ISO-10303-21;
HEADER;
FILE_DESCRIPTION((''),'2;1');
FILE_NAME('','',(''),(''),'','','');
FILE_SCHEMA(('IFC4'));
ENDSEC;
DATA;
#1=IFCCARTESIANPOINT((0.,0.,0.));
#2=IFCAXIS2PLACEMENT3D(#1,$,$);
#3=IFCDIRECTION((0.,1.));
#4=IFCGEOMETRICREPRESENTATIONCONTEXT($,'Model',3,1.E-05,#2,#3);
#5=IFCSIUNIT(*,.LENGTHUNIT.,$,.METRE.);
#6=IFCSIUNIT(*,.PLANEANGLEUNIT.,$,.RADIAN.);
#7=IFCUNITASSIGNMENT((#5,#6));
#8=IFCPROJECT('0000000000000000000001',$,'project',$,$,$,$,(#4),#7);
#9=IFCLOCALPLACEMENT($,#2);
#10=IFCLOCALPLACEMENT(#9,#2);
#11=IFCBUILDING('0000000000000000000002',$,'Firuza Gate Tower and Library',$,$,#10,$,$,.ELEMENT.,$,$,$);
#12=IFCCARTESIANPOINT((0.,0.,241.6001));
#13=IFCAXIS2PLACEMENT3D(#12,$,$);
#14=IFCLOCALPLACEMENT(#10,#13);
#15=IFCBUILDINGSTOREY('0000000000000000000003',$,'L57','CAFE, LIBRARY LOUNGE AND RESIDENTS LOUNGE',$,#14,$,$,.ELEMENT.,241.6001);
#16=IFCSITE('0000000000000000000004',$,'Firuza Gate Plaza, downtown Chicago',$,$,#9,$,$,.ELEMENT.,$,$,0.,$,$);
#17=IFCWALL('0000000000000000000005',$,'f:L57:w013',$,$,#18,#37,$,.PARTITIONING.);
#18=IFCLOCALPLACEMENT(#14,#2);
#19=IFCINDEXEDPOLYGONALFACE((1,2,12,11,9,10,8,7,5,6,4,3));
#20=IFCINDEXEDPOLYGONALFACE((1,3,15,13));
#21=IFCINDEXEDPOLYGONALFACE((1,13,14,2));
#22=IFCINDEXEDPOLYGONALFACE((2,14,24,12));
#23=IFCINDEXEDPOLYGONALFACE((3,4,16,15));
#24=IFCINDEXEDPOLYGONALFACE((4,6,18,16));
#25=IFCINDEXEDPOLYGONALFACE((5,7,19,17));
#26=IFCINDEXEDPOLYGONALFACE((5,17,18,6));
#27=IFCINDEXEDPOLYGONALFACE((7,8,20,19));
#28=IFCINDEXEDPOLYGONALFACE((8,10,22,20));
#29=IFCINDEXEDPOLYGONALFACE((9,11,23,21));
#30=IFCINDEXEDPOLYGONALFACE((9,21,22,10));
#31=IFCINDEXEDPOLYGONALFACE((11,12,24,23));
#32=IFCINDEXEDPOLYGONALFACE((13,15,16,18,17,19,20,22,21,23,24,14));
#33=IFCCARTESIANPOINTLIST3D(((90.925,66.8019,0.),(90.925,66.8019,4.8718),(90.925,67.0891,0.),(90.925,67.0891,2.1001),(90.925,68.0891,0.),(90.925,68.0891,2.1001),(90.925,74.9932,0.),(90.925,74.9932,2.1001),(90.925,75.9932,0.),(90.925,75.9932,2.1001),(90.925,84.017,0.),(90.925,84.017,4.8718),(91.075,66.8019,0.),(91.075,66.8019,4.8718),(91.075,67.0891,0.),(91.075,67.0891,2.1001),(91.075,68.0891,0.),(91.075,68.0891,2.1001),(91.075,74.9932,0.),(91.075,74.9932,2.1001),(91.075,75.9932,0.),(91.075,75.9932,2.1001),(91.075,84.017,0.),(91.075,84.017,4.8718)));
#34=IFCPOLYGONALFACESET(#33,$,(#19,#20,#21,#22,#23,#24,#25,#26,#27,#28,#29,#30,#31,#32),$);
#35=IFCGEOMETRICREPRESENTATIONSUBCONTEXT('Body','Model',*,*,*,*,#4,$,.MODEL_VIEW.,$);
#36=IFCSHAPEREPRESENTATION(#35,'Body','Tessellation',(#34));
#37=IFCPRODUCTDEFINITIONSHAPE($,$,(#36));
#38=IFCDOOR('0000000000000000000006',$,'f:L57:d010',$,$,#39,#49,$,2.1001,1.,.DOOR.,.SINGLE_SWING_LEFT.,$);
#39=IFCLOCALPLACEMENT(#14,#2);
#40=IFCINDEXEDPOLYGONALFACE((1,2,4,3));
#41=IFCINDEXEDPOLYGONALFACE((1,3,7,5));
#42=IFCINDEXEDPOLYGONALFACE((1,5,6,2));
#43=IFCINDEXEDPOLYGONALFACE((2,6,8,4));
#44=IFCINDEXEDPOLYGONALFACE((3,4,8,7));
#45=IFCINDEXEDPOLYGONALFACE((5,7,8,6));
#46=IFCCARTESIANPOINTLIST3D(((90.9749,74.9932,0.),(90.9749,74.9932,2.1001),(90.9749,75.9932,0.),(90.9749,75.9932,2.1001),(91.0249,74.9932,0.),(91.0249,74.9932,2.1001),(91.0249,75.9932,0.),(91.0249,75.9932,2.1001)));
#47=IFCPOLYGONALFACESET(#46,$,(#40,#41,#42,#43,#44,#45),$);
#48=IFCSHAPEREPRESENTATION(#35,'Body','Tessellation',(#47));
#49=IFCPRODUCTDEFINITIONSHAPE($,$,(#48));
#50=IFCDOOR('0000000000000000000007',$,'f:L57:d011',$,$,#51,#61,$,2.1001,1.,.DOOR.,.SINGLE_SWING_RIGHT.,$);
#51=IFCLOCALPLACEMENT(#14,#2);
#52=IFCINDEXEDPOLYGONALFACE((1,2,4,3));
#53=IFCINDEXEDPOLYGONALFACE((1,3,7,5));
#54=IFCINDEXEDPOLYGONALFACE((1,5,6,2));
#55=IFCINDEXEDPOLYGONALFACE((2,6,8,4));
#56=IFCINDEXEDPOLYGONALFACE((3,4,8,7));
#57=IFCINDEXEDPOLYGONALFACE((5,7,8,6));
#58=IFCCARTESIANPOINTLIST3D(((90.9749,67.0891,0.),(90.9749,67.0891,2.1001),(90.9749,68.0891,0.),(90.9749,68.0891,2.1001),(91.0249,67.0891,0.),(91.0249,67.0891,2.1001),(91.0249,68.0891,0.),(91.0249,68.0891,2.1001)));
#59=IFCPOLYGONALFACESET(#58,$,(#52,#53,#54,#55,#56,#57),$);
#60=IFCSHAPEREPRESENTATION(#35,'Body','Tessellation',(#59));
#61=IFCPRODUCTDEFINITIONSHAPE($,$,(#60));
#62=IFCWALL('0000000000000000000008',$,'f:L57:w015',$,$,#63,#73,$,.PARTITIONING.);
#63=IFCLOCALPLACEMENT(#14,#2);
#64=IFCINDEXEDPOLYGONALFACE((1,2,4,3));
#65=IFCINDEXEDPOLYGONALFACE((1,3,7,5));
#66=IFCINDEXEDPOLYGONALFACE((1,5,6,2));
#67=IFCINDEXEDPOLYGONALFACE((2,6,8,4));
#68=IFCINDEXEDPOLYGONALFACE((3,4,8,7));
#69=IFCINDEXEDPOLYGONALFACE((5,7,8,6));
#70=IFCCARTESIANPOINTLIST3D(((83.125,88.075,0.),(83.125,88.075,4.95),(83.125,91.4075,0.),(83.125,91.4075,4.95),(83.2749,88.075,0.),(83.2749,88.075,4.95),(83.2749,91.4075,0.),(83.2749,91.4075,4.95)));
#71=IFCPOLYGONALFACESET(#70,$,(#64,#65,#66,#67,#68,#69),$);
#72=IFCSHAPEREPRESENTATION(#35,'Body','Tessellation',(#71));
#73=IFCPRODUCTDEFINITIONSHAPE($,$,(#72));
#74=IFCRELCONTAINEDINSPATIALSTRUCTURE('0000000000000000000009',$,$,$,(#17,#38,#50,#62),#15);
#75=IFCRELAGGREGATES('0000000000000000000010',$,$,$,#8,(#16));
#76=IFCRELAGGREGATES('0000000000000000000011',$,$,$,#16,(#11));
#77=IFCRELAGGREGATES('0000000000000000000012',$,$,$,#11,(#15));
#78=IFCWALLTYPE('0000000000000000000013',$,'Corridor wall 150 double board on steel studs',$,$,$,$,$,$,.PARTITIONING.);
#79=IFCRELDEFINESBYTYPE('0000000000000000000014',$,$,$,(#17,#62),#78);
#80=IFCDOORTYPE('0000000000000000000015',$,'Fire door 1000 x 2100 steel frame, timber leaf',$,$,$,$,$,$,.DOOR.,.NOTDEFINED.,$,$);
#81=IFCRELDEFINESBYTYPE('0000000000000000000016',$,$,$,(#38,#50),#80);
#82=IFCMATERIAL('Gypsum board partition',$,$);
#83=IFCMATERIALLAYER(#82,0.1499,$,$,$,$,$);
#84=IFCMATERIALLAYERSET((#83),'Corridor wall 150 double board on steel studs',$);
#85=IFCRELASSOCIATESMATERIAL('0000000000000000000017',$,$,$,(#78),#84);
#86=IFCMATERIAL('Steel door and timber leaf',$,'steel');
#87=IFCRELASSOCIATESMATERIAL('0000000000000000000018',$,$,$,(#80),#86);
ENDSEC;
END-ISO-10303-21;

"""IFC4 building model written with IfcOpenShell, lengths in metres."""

from ifc_helpers import new_model, si_unit, direction, frame, frame_2d, origin, place, context, subcontext, project, spatial, rectangle, extrude, material, layer, layer_set, type_object, element, fill, save


model = new_model("IFC4")

# Units and contexts
model_context = context("Model", 3, precision=1e-05, world=origin(), true_north=direction((0.0, 1.0)))
body_context = subcontext(model_context, "Body", "Model", "MODEL_VIEW")
ifc_project = project(units=[si_unit("LENGTHUNIT", "METRE"), si_unit("PLANEANGLEUNIT", "RADIAN")], contexts=[model_context])

# Site, building, storey
site_placement = place(None, origin())
site = spatial("IfcSite", under=ifc_project, at=site_placement, Name="Firuza Gate Plaza, downtown Chicago", CompositionType="ELEMENT", RefElevation=0.0)
building_placement = place(site_placement, origin())
building = spatial("IfcBuilding", under=site, at=building_placement, Name="Firuza Gate Tower and Library", CompositionType="ELEMENT")
storey_placement = place(building_placement, frame((0.0, 0.0, 241.6001)))
storey = spatial("IfcBuildingStorey", under=building, at=storey_placement, Name="L57", Description="CAFE, LIBRARY LOUNGE AND RESIDENTS LOUNGE", CompositionType="ELEMENT", Elevation=241.6001)

# Shared definitions
ifc_material_1 = material(Name="Gypsum board partition")
ifc_layer_1 = layer(ifc_material_1, 0.1499)
ifc_layer_set_1 = layer_set([ifc_layer_1], Name="Corridor wall 150 double board on steel studs")
wall_type_1 = type_object("IfcWallType", Name="Corridor wall 150 double board on steel studs", PredefinedType="PARTITIONING", material=ifc_layer_set_1)

# Wall, openings, doors
wall_1_placement = place(storey_placement, frame((91.0, 84.0168, 0.0), z_axis=(0.0, 0.0, 1.0), x_axis=(0.0, -1.0, 0.0)))
wall_1 = element("IfcWall", 1, at=wall_1_placement, inside=storey, type_object=wall_type_1, Name="f:L57:w013", PredefinedType="PARTITIONING", context=body_context, shape_type="SweptSolid", body=[
    extrude(rectangle(XDim=17.2151, YDim=0.1499, at=frame_2d((8.6074, 0.0))), origin(), (0.0, 0.0, 1.0), 4.8718),
])
opening_1_placement = place(wall_1_placement, frame((8.0237, 0.0, 0.0)))
opening_1 = element("IfcOpeningElement", 2, at=opening_1_placement, cuts=wall_1, PredefinedType="OPENING", context=body_context, shape_type="SweptSolid", body=[
    extrude(rectangle(XDim=1.0, YDim=2.1001, at=frame_2d((0.5, 1.05))), frame((0.0, 0.085, 0.0), z_axis=(0.0, -1.0, 0.0), x_axis=(1.0, 0.0, 0.0)), (0.0, 0.0, 1.0), 0.1699),
])
opening_2_placement = place(wall_1_placement, frame((15.9277, 0.0, 0.0)))
opening_2 = element("IfcOpeningElement", 3, at=opening_2_placement, cuts=wall_1, PredefinedType="OPENING", context=body_context, shape_type="SweptSolid", body=[
    extrude(rectangle(XDim=1.0, YDim=2.1001, at=frame_2d((0.5, 1.05))), frame((0.0, 0.085, 0.0), z_axis=(0.0, -1.0, 0.0), x_axis=(1.0, 0.0, 0.0)), (0.0, 0.0, 1.0), 0.1699),
])
ifc_material_2 = material(Name="Steel door and timber leaf", Category="steel")
door_type_1 = type_object("IfcDoorType", Name="Fire door 1000 x 2100 steel frame, timber leaf", OperationType="NOTDEFINED", PredefinedType="DOOR", material=ifc_material_2)
door_1_placement = place(opening_1_placement, origin())
door_1 = element("IfcDoor", 4, at=door_1_placement, inside=storey, type_object=door_type_1, Name="f:L57:d010", OperationType="SINGLE_SWING_LEFT", OverallHeight=2.1001, OverallWidth=1.0, PredefinedType="DOOR", context=body_context, shape_type="SweptSolid", body=[
    extrude(rectangle(XDim=1.0, YDim=2.1001, at=frame_2d((0.5, 1.05))), frame((0.0, 0.0249, 0.0), z_axis=(0.0, -1.0, 0.0), x_axis=(1.0, 0.0, 0.0)), (0.0, 0.0, 1.0), 0.05),
])
fill(opening_1, door_1)
door_2_placement = place(opening_2_placement, origin())
door_2 = element("IfcDoor", 5, at=door_2_placement, inside=storey, type_object=door_type_1, Name="f:L57:d011", OperationType="SINGLE_SWING_RIGHT", OverallHeight=2.1001, OverallWidth=1.0, PredefinedType="DOOR", context=body_context, shape_type="SweptSolid", body=[
    extrude(rectangle(XDim=1.0, YDim=2.1001, at=frame_2d((0.5, 1.05))), frame((0.0, 0.0249, 0.0), z_axis=(0.0, -1.0, 0.0), x_axis=(1.0, 0.0, 0.0)), (0.0, 0.0, 1.0), 0.05),
])
fill(opening_2, door_2)

# Wall
wall_2_placement = place(storey_placement, frame((83.2, 88.075, 0.0), z_axis=(0.0, 0.0, 1.0), x_axis=(0.0, 1.0, 0.0)))
element("IfcWall", 6, at=wall_2_placement, inside=storey, type_object=wall_type_1, Name="f:L57:w015", PredefinedType="PARTITIONING", context=body_context, shape_type="SweptSolid", body=[
    extrude(rectangle(XDim=3.3325, YDim=0.1499, at=frame_2d((1.6663, 0.0))), origin(), (0.0, 0.0, 1.0), 4.95),
])

save(model, "model.ifc")
